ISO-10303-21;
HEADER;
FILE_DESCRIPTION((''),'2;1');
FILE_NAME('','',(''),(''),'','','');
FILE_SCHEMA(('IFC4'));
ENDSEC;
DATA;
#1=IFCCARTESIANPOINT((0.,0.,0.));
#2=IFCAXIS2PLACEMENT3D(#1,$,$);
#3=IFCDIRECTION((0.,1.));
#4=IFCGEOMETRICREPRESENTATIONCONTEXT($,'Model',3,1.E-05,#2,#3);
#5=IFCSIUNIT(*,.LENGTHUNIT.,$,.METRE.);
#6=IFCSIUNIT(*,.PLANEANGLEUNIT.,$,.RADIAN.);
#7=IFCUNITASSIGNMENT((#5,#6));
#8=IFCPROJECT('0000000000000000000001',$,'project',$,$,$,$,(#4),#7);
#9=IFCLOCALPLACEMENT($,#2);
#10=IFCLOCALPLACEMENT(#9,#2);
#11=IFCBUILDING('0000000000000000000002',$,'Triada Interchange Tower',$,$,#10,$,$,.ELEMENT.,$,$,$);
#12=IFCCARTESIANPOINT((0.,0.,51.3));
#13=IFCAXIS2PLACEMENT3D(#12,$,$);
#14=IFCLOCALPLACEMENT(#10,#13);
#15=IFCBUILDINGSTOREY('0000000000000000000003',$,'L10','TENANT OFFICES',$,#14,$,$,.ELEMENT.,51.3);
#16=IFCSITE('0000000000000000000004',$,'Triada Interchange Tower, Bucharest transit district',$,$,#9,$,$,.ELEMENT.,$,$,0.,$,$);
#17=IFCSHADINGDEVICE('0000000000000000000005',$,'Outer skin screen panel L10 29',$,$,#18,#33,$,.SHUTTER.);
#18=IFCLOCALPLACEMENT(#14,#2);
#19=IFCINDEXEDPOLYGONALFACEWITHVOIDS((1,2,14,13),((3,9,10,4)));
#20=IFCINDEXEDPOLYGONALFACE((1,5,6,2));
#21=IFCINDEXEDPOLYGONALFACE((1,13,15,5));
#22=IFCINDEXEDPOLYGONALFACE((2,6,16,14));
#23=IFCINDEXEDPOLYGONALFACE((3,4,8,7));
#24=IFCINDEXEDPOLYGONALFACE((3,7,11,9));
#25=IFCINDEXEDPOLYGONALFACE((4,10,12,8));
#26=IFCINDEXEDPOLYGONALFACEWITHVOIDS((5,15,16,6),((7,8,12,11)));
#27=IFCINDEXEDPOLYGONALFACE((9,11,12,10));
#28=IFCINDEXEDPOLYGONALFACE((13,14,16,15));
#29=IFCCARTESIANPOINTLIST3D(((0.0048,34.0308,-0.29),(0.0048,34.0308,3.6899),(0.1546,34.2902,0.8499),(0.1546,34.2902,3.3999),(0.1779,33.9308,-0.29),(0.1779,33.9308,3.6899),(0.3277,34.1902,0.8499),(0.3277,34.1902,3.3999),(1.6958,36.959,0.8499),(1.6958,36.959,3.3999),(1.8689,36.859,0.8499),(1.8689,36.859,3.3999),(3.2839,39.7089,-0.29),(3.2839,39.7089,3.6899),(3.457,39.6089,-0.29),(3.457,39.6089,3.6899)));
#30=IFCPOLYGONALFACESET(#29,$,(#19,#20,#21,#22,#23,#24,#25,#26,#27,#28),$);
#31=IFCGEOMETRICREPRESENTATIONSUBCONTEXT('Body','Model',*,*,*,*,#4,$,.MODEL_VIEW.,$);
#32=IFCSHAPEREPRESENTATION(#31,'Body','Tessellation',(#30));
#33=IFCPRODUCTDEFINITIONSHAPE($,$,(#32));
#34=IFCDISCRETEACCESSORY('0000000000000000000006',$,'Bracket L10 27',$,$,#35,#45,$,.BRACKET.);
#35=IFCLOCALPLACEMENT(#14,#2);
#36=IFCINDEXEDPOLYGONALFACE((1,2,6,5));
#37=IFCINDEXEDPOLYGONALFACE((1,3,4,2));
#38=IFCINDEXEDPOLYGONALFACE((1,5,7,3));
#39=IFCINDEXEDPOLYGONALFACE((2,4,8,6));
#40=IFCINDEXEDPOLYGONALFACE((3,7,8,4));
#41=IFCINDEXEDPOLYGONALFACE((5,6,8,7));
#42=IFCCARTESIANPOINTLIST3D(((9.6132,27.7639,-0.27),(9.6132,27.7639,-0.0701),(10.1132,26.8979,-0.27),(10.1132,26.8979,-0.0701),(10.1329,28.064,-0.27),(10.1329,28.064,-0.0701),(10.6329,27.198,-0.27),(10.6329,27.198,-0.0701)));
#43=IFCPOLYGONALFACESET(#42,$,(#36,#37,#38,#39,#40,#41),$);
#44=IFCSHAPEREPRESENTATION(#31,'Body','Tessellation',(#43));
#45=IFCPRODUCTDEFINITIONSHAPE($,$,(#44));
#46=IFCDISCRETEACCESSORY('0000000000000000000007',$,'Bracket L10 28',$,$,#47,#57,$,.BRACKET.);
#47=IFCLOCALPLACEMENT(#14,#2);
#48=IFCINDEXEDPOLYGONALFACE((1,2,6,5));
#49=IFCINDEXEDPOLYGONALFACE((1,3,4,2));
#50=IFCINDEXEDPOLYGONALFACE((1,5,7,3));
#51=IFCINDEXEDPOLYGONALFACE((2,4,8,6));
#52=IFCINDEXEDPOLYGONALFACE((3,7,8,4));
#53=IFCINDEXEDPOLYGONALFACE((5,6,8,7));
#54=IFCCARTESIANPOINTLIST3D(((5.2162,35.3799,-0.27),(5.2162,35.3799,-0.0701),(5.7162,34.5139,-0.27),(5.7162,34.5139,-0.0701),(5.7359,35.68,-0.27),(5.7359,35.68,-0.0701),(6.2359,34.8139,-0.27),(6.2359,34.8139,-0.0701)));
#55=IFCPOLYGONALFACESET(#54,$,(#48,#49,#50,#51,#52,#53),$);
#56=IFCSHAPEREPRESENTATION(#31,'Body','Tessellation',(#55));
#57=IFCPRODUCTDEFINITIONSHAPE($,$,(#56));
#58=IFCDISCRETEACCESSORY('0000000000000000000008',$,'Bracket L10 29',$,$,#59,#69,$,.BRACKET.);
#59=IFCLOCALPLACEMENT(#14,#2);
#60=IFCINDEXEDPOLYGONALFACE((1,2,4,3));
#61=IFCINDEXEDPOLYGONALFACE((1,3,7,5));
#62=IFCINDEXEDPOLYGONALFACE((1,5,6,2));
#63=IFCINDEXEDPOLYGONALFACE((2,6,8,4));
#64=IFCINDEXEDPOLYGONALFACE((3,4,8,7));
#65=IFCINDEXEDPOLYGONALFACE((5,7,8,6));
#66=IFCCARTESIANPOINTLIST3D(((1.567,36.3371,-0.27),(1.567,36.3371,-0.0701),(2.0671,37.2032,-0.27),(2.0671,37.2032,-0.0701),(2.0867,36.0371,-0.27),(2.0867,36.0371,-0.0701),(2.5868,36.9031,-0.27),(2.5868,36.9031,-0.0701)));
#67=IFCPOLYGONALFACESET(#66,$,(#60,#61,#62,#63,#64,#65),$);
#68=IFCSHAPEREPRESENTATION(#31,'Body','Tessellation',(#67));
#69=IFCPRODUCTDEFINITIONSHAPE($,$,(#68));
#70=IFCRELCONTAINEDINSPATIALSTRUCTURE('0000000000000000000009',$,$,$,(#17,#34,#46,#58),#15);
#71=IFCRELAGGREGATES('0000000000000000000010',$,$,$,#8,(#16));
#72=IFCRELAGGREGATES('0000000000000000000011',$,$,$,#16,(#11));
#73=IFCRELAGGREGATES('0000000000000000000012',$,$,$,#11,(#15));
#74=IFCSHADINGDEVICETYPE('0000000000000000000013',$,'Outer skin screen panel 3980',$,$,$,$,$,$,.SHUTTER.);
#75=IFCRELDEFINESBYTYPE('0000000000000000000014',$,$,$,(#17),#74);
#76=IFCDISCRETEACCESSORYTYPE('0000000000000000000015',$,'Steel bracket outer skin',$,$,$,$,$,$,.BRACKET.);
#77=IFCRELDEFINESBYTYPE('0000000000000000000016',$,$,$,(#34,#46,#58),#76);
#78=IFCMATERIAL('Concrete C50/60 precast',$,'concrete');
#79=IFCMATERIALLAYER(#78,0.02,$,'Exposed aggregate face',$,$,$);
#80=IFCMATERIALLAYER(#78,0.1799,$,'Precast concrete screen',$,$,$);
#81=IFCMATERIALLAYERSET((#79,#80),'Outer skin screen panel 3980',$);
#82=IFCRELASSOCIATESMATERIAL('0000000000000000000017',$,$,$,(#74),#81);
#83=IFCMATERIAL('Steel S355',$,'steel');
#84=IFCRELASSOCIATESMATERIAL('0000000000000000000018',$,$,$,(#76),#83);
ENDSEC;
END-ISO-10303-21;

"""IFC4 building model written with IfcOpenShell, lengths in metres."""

from ifc_helpers import new_model, si_unit, direction, frame, origin, origin_2d, place, context, subcontext, project, spatial, polyline, rectangle, outline, extrude, material, layer, layer_set, type_object, element, save


model = new_model("IFC4")

# Units and contexts
model_context = context("Model", 3, precision=1e-05, world=origin(), true_north=direction((0.0, 1.0)))
body_context = subcontext(model_context, "Body", "Model", "MODEL_VIEW")
ifc_project = project(units=[si_unit("LENGTHUNIT", "METRE"), si_unit("PLANEANGLEUNIT", "RADIAN")], contexts=[model_context])

# Site, building, storey
site_placement = place(None, origin())
site = spatial("IfcSite", under=ifc_project, at=site_placement, Name="Triada Interchange Tower, Bucharest transit district", CompositionType="ELEMENT", RefElevation=0.0)
building_placement = place(site_placement, origin())
building = spatial("IfcBuilding", under=site, at=building_placement, Name="Triada Interchange Tower", CompositionType="ELEMENT")
storey_placement = place(building_placement, frame((0.0, 0.0, 51.3)))
storey = spatial("IfcBuildingStorey", under=building, at=storey_placement, Name="L10", Description="TENANT OFFICES", CompositionType="ELEMENT", Elevation=51.3)

# Shading device
ifc_material_1 = material(Name="Concrete C50/60 precast", Category="concrete")
ifc_layer_1 = layer(ifc_material_1, 0.02, Name="Exposed aggregate face")
ifc_layer_2 = layer(ifc_material_1, 0.1799, Name="Precast concrete screen")
ifc_layer_set_1 = layer_set([ifc_layer_1, ifc_layer_2], Name="Outer skin screen panel 3980")
shading_device_type = type_object("IfcShadingDeviceType", Name="Outer skin screen panel 3980", PredefinedType="SHUTTER", material=ifc_layer_set_1)
shading_device_1_placement = place(storey_placement, frame((3.457, 39.6089, -0.29), z_axis=(0.0, 0.0, 1.0), x_axis=(-0.5001, -0.865968, 0.0)))
element("IfcShadingDevice", 1, at=shading_device_1_placement, inside=storey, type_object=shading_device_type, Name="Outer skin screen panel L10 29", PredefinedType="SHUTTER", context=body_context, shape_type="SweptSolid", body=[
    extrude(outline(polyline([(0.0, 0.0), (6.5569, 0.0), (6.5569, 3.98), (0.0, 3.98), (0.0, 0.0)]), holes=[polyline([(3.1755, 1.1399), (3.1755, 3.6899), (6.2573, 3.6899), (6.2573, 1.1399), (3.1755, 1.1399)])]), frame((0.0, 0.0, 0.0), z_axis=(0.0, -1.0, 0.0), x_axis=(1.0, 0.0, 0.0)), (0.0, 0.0, 1.0), 0.2),
])

# Discrete accessories
ifc_material_2 = material(Name="Steel S355", Category="steel")
discrete_accessory_type = type_object("IfcDiscreteAccessoryType", Name="Steel bracket outer skin", PredefinedType="BRACKET", material=ifc_material_2)
for number, where, z_axis, x_axis, name in (
    (2, (10.123, 27.481, -0.27), (0.0, 0.0, 1.0), (0.866026, 0.499999, 0.0), "Bracket L10 27"),
    (3, (5.7261, 35.0969, -0.27), (0.0, 0.0, 1.0), (0.866026, 0.499999, 0.0), "Bracket L10 28"),
    (4, (2.0769, 36.6201, -0.27), (0.0, 0.0, 1.0), (-0.866012, 0.500023, 0.0), "Bracket L10 29"),
):
    element("IfcDiscreteAccessory", number, at=place(storey_placement, frame(where, z_axis=z_axis, x_axis=x_axis)), inside=storey, type_object=discrete_accessory_type, Name=name, PredefinedType="BRACKET", context=body_context, shape_type="SweptSolid", body=[
        extrude(rectangle(XDim=0.6001, YDim=1.0, at=origin_2d()), origin(), (0.0, 0.0, 1.0), 0.2),
    ])

save(model, "model.ifc")
